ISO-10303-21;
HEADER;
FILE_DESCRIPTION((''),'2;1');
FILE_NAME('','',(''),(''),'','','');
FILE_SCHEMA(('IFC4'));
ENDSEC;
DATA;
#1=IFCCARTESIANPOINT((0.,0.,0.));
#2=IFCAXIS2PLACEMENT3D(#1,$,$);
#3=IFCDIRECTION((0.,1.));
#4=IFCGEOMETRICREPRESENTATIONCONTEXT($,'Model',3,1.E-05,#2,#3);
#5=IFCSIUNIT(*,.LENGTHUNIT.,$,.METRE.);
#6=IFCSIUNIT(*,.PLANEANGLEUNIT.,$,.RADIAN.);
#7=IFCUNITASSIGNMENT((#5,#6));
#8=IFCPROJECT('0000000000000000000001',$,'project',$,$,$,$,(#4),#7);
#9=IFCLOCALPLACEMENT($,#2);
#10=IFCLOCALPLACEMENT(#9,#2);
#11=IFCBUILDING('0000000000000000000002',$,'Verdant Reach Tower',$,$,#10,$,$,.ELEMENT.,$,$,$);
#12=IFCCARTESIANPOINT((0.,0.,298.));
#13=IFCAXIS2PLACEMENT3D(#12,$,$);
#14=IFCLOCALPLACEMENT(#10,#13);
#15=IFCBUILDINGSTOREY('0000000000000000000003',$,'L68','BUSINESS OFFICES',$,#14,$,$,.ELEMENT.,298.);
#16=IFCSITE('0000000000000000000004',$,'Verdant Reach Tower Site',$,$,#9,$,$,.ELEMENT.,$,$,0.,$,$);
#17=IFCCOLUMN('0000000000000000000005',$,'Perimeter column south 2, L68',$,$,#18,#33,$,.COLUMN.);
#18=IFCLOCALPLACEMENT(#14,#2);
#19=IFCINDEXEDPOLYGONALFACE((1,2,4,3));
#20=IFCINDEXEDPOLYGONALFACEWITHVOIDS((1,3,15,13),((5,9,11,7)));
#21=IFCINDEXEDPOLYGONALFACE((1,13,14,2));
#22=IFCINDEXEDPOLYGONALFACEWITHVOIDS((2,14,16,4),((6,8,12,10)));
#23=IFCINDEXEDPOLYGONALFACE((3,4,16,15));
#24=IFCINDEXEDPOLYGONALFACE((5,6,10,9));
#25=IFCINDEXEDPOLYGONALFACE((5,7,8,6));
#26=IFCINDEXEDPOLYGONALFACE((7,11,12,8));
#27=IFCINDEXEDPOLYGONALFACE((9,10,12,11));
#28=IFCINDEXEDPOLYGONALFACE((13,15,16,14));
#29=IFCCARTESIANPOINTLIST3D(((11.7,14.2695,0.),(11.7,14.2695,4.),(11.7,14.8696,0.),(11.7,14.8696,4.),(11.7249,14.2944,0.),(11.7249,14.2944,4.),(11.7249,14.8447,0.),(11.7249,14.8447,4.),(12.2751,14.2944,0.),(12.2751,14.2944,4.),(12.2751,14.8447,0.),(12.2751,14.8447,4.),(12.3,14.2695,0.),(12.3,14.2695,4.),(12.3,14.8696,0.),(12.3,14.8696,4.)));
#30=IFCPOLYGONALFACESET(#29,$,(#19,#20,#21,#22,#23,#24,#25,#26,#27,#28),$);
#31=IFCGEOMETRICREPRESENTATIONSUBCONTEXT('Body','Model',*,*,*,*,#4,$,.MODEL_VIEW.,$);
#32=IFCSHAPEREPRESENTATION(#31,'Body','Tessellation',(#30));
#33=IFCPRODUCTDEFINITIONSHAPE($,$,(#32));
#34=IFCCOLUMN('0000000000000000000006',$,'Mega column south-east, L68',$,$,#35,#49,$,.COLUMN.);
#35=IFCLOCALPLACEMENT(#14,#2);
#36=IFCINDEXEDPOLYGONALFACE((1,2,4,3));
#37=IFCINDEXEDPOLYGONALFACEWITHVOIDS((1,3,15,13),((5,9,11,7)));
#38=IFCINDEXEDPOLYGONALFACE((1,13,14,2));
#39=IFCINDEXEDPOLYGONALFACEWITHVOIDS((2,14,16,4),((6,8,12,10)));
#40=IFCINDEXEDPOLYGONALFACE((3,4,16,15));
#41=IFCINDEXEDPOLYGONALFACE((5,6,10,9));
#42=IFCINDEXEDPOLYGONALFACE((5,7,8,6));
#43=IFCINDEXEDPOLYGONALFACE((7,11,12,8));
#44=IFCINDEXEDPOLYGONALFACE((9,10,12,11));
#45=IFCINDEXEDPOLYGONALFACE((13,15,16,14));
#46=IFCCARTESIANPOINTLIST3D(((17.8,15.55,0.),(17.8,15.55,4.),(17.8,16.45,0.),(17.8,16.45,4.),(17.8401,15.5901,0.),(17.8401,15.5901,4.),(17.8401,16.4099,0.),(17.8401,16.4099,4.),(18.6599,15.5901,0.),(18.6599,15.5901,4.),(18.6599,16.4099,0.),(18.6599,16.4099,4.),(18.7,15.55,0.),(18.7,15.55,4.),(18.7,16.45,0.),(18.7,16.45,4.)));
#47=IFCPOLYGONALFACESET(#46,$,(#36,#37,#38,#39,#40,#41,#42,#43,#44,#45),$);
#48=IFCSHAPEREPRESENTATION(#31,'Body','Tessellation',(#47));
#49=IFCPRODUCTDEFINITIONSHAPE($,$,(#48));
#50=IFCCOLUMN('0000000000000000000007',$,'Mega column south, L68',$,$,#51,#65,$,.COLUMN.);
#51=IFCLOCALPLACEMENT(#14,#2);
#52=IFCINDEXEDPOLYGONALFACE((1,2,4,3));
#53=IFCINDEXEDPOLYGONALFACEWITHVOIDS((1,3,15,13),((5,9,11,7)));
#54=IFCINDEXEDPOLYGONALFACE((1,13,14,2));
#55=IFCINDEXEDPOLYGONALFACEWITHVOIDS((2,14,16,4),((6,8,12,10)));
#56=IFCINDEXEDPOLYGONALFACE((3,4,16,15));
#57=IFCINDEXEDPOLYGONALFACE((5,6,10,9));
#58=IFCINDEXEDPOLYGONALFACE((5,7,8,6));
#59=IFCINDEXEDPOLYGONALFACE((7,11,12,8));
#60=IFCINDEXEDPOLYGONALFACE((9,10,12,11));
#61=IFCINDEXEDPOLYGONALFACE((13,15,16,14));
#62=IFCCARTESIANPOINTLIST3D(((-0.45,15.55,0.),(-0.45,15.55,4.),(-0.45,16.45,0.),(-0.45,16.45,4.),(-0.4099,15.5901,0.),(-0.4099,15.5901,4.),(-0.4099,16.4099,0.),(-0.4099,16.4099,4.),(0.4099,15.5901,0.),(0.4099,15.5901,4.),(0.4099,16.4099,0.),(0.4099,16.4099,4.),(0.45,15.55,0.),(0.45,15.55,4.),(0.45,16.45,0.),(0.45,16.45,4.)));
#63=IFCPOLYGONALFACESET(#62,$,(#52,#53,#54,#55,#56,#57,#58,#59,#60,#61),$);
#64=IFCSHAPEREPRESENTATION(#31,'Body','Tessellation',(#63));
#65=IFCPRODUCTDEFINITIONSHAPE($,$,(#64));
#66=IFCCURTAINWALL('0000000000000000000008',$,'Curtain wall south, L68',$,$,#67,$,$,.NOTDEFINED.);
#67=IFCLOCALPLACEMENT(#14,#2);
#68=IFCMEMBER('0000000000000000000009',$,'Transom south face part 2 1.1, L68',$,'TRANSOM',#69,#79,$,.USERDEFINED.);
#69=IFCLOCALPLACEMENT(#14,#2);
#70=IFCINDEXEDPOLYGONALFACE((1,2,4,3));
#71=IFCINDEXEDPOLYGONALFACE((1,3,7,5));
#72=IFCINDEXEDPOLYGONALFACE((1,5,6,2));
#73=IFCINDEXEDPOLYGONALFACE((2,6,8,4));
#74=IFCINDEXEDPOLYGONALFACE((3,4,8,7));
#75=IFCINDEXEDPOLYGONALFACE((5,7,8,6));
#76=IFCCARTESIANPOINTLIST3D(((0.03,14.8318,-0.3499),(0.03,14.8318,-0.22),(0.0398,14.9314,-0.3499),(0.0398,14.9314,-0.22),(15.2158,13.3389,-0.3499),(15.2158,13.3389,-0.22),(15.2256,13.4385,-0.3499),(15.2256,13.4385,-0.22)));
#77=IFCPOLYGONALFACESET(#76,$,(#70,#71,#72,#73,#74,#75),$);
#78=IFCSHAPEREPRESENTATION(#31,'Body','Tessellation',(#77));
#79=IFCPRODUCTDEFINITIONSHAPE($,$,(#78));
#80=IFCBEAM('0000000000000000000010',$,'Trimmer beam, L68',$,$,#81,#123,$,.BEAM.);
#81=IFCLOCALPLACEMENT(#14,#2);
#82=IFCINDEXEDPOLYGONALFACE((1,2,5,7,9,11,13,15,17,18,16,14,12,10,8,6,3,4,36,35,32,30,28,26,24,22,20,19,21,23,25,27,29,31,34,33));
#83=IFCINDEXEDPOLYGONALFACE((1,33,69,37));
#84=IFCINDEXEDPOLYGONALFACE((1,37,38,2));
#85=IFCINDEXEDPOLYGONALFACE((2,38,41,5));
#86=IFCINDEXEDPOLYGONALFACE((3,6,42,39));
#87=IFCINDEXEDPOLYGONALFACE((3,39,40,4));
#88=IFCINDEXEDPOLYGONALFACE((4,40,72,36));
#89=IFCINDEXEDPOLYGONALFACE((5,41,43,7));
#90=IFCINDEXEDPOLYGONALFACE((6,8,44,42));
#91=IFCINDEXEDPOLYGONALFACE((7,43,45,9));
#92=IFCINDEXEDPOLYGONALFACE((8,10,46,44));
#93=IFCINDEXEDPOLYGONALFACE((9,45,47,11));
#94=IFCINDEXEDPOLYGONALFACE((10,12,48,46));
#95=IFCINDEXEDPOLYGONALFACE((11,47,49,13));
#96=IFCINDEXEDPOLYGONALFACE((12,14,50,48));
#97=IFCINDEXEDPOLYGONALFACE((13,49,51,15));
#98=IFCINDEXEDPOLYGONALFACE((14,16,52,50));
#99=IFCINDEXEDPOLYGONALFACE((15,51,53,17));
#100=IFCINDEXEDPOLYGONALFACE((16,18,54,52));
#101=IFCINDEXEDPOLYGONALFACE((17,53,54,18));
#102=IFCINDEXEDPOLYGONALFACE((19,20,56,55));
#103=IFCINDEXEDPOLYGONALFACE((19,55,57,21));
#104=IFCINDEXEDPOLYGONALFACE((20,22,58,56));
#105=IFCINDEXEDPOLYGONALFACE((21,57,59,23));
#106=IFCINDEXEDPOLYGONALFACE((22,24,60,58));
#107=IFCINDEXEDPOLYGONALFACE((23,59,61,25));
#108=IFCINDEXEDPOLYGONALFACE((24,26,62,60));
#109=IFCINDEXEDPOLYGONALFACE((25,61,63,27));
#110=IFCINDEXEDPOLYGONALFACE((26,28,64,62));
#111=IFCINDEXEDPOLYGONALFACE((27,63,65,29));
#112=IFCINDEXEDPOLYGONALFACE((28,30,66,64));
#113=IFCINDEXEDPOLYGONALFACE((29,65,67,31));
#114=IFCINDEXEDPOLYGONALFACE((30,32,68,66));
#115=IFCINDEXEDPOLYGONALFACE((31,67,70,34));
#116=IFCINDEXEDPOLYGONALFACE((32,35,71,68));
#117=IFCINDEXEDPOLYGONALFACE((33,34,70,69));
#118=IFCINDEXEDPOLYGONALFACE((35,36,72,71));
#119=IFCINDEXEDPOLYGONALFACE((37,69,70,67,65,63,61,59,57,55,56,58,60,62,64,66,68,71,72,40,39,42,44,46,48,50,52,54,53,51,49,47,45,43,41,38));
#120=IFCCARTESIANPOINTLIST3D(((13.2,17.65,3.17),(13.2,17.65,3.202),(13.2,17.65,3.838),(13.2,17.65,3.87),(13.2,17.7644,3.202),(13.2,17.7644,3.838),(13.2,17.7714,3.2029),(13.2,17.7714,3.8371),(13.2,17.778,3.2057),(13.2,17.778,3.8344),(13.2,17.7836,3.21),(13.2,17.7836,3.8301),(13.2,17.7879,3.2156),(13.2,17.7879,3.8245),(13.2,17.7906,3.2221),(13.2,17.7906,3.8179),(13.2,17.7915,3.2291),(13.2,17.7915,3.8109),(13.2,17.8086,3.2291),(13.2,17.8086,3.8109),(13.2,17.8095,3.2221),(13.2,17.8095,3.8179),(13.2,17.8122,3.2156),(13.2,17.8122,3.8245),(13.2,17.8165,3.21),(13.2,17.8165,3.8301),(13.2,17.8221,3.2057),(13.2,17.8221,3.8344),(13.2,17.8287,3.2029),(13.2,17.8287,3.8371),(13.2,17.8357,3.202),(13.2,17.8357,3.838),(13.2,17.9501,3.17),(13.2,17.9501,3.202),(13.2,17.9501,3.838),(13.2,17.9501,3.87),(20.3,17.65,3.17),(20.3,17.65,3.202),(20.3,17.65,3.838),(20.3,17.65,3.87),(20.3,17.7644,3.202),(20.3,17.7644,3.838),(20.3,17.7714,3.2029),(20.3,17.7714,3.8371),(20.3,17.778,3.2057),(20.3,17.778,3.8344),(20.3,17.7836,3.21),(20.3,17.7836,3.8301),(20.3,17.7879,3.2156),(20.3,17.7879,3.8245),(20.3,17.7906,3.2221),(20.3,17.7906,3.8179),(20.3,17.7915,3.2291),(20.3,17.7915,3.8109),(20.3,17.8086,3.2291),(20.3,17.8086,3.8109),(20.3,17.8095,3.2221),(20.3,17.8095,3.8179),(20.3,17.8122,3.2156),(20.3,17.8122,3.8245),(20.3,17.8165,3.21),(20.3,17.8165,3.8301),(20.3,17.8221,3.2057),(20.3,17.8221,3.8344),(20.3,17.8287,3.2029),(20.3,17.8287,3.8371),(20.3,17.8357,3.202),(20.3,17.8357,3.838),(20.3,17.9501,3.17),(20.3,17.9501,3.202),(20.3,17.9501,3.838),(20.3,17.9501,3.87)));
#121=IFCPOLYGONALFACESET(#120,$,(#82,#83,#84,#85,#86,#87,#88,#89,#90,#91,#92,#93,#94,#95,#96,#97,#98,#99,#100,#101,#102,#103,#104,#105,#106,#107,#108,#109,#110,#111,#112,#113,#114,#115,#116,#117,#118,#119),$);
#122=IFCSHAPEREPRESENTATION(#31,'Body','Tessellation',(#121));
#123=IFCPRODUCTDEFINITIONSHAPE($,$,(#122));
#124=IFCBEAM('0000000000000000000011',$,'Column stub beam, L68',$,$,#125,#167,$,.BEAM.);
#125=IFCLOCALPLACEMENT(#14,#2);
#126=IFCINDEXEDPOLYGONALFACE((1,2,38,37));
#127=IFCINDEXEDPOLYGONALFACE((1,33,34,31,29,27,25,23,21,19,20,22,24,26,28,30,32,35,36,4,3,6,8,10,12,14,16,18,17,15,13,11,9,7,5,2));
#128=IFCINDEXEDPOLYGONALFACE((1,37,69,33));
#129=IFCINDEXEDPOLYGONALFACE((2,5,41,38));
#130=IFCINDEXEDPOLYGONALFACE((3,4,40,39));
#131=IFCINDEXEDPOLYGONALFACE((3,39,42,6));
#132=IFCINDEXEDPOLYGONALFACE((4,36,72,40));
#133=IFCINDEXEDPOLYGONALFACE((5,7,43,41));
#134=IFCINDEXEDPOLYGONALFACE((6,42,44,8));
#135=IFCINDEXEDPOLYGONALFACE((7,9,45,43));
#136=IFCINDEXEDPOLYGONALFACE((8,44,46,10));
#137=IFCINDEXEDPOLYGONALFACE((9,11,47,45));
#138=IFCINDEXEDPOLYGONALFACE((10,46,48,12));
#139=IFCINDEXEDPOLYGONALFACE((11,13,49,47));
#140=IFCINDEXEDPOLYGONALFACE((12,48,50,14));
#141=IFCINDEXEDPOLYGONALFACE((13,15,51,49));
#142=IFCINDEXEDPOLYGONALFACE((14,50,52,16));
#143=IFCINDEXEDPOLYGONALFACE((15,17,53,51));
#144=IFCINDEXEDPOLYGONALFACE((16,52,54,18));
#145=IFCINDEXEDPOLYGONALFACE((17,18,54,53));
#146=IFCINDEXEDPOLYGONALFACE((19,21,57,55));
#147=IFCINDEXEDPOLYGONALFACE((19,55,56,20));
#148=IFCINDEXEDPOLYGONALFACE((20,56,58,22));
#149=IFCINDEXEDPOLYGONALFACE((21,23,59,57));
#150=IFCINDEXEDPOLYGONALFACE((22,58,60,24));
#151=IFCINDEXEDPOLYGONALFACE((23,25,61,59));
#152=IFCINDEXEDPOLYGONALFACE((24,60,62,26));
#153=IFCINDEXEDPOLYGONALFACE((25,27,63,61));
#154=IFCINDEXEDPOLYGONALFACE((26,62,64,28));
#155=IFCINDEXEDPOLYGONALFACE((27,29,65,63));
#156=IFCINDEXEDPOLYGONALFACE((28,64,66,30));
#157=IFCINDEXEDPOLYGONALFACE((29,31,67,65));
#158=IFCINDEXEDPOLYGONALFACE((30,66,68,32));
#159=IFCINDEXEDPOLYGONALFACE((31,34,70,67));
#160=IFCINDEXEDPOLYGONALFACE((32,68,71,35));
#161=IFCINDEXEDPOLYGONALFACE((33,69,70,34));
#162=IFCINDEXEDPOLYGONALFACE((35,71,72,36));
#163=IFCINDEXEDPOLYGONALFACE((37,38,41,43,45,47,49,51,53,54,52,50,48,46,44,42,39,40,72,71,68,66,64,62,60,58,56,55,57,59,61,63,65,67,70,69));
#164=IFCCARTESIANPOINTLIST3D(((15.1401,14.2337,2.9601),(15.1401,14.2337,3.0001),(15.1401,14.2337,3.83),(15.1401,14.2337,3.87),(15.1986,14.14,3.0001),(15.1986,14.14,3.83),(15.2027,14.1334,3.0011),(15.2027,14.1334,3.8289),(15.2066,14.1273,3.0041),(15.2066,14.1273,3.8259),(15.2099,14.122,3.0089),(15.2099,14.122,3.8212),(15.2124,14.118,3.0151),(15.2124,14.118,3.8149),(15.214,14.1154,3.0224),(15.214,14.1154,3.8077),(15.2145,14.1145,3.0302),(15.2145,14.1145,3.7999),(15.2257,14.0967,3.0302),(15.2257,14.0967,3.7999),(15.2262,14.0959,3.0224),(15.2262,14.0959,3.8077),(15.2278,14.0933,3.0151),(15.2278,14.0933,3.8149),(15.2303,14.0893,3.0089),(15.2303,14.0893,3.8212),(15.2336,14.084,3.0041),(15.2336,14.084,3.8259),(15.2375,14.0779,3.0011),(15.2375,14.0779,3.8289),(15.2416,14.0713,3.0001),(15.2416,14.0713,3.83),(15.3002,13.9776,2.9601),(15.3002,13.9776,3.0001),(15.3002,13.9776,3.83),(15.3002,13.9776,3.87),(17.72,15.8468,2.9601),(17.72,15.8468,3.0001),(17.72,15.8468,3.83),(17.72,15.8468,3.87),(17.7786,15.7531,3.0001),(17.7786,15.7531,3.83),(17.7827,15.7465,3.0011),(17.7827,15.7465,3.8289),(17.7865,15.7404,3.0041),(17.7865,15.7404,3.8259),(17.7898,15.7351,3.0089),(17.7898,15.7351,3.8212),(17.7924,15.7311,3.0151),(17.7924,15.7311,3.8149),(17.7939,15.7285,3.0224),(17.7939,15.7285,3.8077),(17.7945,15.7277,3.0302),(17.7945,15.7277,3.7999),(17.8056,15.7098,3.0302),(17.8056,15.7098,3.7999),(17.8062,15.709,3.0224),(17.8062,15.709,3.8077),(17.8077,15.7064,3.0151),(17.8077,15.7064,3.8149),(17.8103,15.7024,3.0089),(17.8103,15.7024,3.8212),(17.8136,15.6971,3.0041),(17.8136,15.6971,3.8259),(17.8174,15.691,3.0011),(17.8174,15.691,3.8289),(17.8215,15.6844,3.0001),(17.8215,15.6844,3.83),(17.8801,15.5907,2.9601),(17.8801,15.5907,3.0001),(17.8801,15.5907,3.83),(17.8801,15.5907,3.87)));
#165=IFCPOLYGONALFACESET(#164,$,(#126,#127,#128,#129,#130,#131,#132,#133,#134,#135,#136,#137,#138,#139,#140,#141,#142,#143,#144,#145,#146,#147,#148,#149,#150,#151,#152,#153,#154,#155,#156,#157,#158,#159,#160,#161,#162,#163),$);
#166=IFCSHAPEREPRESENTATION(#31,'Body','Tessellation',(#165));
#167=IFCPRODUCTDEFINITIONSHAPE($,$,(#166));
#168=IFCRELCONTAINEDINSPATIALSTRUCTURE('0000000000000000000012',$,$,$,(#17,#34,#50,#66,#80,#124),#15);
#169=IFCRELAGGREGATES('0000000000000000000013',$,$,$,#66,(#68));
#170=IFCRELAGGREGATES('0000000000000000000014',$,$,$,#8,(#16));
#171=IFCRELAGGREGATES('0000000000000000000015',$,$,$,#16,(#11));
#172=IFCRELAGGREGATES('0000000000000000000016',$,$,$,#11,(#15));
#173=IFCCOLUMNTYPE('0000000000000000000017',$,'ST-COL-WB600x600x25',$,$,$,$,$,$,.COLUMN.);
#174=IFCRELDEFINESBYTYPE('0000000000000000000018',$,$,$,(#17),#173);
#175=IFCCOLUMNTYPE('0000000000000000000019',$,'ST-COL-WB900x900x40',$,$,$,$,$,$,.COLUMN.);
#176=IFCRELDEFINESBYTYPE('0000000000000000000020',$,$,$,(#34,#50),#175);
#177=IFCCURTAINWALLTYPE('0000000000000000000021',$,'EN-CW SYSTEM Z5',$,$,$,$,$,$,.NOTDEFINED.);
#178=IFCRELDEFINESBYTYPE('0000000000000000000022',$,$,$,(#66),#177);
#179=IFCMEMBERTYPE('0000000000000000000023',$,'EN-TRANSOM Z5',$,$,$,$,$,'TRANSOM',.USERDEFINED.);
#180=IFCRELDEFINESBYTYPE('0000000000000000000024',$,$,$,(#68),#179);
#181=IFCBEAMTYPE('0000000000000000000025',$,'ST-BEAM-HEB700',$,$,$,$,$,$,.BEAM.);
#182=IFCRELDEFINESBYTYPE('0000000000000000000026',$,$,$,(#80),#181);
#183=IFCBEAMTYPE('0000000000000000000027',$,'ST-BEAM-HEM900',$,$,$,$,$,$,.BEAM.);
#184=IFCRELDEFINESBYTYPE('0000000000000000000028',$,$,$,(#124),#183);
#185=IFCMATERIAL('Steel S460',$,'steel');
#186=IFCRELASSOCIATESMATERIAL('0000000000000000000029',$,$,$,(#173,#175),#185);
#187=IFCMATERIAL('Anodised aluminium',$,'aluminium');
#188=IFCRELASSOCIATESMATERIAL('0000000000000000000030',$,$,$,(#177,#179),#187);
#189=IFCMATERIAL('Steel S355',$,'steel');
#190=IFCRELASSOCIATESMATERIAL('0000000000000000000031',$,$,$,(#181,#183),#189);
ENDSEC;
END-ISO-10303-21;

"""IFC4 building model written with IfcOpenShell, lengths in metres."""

from ifc_helpers import new_model, si_unit, direction, frame, origin, origin_2d, place, context, subcontext, project, spatial, rectangle, hollow_rectangle, i_section, extrude, material, material_profile, profile_set, type_object, element, aggregate, save


model = new_model("IFC4")

# Units and contexts
model_context = context("Model", 3, precision=1e-05, world=origin(), true_north=direction((0.0, 1.0)))
body_context = subcontext(model_context, "Body", "Model", "MODEL_VIEW")
ifc_project = project(units=[si_unit("LENGTHUNIT", "METRE"), si_unit("PLANEANGLEUNIT", "RADIAN")], contexts=[model_context])

# Site, building, storey
site_placement = place(None, origin())
site = spatial("IfcSite", under=ifc_project, at=site_placement, Name="Verdant Reach Tower Site", CompositionType="ELEMENT", RefElevation=0.0)
building_placement = place(site_placement, origin())
building = spatial("IfcBuilding", under=site, at=building_placement, Name="Verdant Reach Tower", CompositionType="ELEMENT")
storey_placement = place(building_placement, frame((0.0, 0.0, 298.0)))
storey = spatial("IfcBuildingStorey", under=building, at=storey_placement, Name="L68", Description="BUSINESS OFFICES", CompositionType="ELEMENT", Elevation=298.0)

# Columns
ifc_material_1 = material(Name="Steel S460", Category="steel")
ifc_material_profile_1 = material_profile(ifc_material_1, hollow_rectangle(XDim=0.6001, YDim=0.6001, WallThickness=0.0249, at=origin_2d()), Name="WB 600x600x25")
ifc_profile_set_1 = profile_set([ifc_material_profile_1], Name="Steel S460")
column_type_1 = type_object("IfcColumnType", Name="ST-COL-WB600x600x25", PredefinedType="COLUMN", material=ifc_profile_set_1)
column_placement = place(storey_placement, frame((12.0, 14.5696, 0.0), z_axis=(0.0, 0.0, 1.0), x_axis=(1.0, 0.0, 0.0)))
element("IfcColumn", 1, at=column_placement, inside=storey, type_object=column_type_1, Name="Perimeter column south 2, L68", PredefinedType="COLUMN", context=body_context, shape_type="SweptSolid", body=[
    extrude(hollow_rectangle(XDim=0.6001, YDim=0.6001, WallThickness=0.0249, at=origin_2d()), origin(), (0.0, 0.0, 1.0), 4.0),
])
ifc_material_profile_2 = material_profile(ifc_material_1, hollow_rectangle(XDim=0.8999, YDim=0.8999, WallThickness=0.04, at=origin_2d()), Name="WB 900x900x40")
ifc_profile_set_2 = profile_set([ifc_material_profile_2], Name="Steel S460")
column_type_2 = type_object("IfcColumnType", Name="ST-COL-WB900x900x40", PredefinedType="COLUMN", material=ifc_profile_set_2)
for number, where, z_axis, x_axis, name in (
    (2, (18.25, 16.0, 0.0), (0.0, 0.0, 1.0), (1.0, 0.0, 0.0), "Mega column south-east, L68"),
    (3, (0.0, 16.0, 0.0), (0.0, 0.0, 1.0), (1.0, 0.0, 0.0), "Mega column south, L68"),
):
    element("IfcColumn", number, at=place(storey_placement, frame(where, z_axis=z_axis, x_axis=x_axis)), inside=storey, type_object=column_type_2, Name=name, PredefinedType="COLUMN", context=body_context, shape_type="SweptSolid", body=[
        extrude(hollow_rectangle(XDim=0.8999, YDim=0.8999, WallThickness=0.04, at=origin_2d()), origin(), (0.0, 0.0, 1.0), 4.0),
    ])

# Curtain wall, member
ifc_material_2 = material(Name="Anodised aluminium", Category="aluminium")
curtain_wall_type = type_object("IfcCurtainWallType", Name="EN-CW SYSTEM Z5", PredefinedType="NOTDEFINED", material=ifc_material_2)
curtain_wall_1_placement = place(storey_placement, origin())
curtain_wall_1 = element("IfcCurtainWall", 4, at=curtain_wall_1_placement, inside=storey, type_object=curtain_wall_type, Name="Curtain wall south, L68", PredefinedType="NOTDEFINED")
ifc_material_profile_3 = material_profile(ifc_material_2, rectangle(XDim=0.1001, YDim=0.1299, at=origin_2d()), Name="Transom 130x100")
ifc_profile_set_3 = profile_set([ifc_material_profile_3], Name="Anodised aluminium")
member_type = type_object("IfcMemberType", Name="EN-TRANSOM Z5", ElementType="TRANSOM", PredefinedType="USERDEFINED", material=ifc_profile_set_3)
member_placement = place(storey_placement, frame((0.0349, 14.8816, -0.2849), z_axis=(0.995202, -0.097839, 0.0), x_axis=(0.097839, 0.995202, 0.0)))
member = element("IfcMember", 5, at=member_placement, type_object=member_type, Name="Transom south face part 2 1.1, L68", ObjectType="TRANSOM", PredefinedType="USERDEFINED", context=body_context, shape_type="SweptSolid", body=[
    extrude(rectangle(XDim=0.1001, YDim=0.1299, at=origin_2d()), origin(), (0.0, 0.0, 1.0), 15.259),
])

# Beams
ifc_material_3 = material(Name="Steel S355", Category="steel")
ifc_material_profile_4 = material_profile(ifc_material_3, i_section(OverallWidth=0.3, OverallDepth=0.7, WebThickness=0.0171, FlangeThickness=0.032, FilletRadius=0.0271, at=origin_2d()), Name="HEB 700")
ifc_profile_set_4 = profile_set([ifc_material_profile_4], Name="Steel S355")
beam_type_1 = type_object("IfcBeamType", Name="ST-BEAM-HEB700", PredefinedType="BEAM", material=ifc_profile_set_4)
beam_1_placement = place(storey_placement, frame((13.2, 17.8, 3.52), z_axis=(1.0, 0.0, 0.0), x_axis=(0.0, 1.0, 0.0)))
element("IfcBeam", 6, at=beam_1_placement, inside=storey, type_object=beam_type_1, Name="Trimmer beam, L68", PredefinedType="BEAM", context=body_context, shape_type="SweptSolid", body=[
    extrude(i_section(OverallWidth=0.3, OverallDepth=0.7, WebThickness=0.0171, FlangeThickness=0.032, FilletRadius=0.0271, at=origin_2d()), origin(), (0.0, 0.0, 1.0), 7.1001),
])
ifc_material_profile_5 = material_profile(ifc_material_3, i_section(OverallWidth=0.302, OverallDepth=0.9099, WebThickness=0.021, FlangeThickness=0.04, FilletRadius=0.03, at=origin_2d()), Name="HEM 900")
ifc_profile_set_5 = profile_set([ifc_material_profile_5], Name="Steel S355")
beam_type_2 = type_object("IfcBeamType", Name="ST-BEAM-HEM900", PredefinedType="BEAM", material=ifc_profile_set_5)
beam_2_placement = place(storey_placement, frame((17.8, 15.7188, 3.415), z_axis=(-0.847904, -0.53015, 0.0), x_axis=(0.53015, -0.847904, 0.0)))
element("IfcBeam", 7, at=beam_2_placement, inside=storey, type_object=beam_type_2, Name="Column stub beam, L68", PredefinedType="BEAM", context=body_context, shape_type="SweptSolid", body=[
    extrude(i_section(OverallWidth=0.302, OverallDepth=0.9099, WebThickness=0.021, FlangeThickness=0.04, FilletRadius=0.03, at=origin_2d()), origin(), (0.0, 0.0, 1.0), 3.0427),
])

aggregate(curtain_wall_1, [member])

save(model, "model.ifc")
